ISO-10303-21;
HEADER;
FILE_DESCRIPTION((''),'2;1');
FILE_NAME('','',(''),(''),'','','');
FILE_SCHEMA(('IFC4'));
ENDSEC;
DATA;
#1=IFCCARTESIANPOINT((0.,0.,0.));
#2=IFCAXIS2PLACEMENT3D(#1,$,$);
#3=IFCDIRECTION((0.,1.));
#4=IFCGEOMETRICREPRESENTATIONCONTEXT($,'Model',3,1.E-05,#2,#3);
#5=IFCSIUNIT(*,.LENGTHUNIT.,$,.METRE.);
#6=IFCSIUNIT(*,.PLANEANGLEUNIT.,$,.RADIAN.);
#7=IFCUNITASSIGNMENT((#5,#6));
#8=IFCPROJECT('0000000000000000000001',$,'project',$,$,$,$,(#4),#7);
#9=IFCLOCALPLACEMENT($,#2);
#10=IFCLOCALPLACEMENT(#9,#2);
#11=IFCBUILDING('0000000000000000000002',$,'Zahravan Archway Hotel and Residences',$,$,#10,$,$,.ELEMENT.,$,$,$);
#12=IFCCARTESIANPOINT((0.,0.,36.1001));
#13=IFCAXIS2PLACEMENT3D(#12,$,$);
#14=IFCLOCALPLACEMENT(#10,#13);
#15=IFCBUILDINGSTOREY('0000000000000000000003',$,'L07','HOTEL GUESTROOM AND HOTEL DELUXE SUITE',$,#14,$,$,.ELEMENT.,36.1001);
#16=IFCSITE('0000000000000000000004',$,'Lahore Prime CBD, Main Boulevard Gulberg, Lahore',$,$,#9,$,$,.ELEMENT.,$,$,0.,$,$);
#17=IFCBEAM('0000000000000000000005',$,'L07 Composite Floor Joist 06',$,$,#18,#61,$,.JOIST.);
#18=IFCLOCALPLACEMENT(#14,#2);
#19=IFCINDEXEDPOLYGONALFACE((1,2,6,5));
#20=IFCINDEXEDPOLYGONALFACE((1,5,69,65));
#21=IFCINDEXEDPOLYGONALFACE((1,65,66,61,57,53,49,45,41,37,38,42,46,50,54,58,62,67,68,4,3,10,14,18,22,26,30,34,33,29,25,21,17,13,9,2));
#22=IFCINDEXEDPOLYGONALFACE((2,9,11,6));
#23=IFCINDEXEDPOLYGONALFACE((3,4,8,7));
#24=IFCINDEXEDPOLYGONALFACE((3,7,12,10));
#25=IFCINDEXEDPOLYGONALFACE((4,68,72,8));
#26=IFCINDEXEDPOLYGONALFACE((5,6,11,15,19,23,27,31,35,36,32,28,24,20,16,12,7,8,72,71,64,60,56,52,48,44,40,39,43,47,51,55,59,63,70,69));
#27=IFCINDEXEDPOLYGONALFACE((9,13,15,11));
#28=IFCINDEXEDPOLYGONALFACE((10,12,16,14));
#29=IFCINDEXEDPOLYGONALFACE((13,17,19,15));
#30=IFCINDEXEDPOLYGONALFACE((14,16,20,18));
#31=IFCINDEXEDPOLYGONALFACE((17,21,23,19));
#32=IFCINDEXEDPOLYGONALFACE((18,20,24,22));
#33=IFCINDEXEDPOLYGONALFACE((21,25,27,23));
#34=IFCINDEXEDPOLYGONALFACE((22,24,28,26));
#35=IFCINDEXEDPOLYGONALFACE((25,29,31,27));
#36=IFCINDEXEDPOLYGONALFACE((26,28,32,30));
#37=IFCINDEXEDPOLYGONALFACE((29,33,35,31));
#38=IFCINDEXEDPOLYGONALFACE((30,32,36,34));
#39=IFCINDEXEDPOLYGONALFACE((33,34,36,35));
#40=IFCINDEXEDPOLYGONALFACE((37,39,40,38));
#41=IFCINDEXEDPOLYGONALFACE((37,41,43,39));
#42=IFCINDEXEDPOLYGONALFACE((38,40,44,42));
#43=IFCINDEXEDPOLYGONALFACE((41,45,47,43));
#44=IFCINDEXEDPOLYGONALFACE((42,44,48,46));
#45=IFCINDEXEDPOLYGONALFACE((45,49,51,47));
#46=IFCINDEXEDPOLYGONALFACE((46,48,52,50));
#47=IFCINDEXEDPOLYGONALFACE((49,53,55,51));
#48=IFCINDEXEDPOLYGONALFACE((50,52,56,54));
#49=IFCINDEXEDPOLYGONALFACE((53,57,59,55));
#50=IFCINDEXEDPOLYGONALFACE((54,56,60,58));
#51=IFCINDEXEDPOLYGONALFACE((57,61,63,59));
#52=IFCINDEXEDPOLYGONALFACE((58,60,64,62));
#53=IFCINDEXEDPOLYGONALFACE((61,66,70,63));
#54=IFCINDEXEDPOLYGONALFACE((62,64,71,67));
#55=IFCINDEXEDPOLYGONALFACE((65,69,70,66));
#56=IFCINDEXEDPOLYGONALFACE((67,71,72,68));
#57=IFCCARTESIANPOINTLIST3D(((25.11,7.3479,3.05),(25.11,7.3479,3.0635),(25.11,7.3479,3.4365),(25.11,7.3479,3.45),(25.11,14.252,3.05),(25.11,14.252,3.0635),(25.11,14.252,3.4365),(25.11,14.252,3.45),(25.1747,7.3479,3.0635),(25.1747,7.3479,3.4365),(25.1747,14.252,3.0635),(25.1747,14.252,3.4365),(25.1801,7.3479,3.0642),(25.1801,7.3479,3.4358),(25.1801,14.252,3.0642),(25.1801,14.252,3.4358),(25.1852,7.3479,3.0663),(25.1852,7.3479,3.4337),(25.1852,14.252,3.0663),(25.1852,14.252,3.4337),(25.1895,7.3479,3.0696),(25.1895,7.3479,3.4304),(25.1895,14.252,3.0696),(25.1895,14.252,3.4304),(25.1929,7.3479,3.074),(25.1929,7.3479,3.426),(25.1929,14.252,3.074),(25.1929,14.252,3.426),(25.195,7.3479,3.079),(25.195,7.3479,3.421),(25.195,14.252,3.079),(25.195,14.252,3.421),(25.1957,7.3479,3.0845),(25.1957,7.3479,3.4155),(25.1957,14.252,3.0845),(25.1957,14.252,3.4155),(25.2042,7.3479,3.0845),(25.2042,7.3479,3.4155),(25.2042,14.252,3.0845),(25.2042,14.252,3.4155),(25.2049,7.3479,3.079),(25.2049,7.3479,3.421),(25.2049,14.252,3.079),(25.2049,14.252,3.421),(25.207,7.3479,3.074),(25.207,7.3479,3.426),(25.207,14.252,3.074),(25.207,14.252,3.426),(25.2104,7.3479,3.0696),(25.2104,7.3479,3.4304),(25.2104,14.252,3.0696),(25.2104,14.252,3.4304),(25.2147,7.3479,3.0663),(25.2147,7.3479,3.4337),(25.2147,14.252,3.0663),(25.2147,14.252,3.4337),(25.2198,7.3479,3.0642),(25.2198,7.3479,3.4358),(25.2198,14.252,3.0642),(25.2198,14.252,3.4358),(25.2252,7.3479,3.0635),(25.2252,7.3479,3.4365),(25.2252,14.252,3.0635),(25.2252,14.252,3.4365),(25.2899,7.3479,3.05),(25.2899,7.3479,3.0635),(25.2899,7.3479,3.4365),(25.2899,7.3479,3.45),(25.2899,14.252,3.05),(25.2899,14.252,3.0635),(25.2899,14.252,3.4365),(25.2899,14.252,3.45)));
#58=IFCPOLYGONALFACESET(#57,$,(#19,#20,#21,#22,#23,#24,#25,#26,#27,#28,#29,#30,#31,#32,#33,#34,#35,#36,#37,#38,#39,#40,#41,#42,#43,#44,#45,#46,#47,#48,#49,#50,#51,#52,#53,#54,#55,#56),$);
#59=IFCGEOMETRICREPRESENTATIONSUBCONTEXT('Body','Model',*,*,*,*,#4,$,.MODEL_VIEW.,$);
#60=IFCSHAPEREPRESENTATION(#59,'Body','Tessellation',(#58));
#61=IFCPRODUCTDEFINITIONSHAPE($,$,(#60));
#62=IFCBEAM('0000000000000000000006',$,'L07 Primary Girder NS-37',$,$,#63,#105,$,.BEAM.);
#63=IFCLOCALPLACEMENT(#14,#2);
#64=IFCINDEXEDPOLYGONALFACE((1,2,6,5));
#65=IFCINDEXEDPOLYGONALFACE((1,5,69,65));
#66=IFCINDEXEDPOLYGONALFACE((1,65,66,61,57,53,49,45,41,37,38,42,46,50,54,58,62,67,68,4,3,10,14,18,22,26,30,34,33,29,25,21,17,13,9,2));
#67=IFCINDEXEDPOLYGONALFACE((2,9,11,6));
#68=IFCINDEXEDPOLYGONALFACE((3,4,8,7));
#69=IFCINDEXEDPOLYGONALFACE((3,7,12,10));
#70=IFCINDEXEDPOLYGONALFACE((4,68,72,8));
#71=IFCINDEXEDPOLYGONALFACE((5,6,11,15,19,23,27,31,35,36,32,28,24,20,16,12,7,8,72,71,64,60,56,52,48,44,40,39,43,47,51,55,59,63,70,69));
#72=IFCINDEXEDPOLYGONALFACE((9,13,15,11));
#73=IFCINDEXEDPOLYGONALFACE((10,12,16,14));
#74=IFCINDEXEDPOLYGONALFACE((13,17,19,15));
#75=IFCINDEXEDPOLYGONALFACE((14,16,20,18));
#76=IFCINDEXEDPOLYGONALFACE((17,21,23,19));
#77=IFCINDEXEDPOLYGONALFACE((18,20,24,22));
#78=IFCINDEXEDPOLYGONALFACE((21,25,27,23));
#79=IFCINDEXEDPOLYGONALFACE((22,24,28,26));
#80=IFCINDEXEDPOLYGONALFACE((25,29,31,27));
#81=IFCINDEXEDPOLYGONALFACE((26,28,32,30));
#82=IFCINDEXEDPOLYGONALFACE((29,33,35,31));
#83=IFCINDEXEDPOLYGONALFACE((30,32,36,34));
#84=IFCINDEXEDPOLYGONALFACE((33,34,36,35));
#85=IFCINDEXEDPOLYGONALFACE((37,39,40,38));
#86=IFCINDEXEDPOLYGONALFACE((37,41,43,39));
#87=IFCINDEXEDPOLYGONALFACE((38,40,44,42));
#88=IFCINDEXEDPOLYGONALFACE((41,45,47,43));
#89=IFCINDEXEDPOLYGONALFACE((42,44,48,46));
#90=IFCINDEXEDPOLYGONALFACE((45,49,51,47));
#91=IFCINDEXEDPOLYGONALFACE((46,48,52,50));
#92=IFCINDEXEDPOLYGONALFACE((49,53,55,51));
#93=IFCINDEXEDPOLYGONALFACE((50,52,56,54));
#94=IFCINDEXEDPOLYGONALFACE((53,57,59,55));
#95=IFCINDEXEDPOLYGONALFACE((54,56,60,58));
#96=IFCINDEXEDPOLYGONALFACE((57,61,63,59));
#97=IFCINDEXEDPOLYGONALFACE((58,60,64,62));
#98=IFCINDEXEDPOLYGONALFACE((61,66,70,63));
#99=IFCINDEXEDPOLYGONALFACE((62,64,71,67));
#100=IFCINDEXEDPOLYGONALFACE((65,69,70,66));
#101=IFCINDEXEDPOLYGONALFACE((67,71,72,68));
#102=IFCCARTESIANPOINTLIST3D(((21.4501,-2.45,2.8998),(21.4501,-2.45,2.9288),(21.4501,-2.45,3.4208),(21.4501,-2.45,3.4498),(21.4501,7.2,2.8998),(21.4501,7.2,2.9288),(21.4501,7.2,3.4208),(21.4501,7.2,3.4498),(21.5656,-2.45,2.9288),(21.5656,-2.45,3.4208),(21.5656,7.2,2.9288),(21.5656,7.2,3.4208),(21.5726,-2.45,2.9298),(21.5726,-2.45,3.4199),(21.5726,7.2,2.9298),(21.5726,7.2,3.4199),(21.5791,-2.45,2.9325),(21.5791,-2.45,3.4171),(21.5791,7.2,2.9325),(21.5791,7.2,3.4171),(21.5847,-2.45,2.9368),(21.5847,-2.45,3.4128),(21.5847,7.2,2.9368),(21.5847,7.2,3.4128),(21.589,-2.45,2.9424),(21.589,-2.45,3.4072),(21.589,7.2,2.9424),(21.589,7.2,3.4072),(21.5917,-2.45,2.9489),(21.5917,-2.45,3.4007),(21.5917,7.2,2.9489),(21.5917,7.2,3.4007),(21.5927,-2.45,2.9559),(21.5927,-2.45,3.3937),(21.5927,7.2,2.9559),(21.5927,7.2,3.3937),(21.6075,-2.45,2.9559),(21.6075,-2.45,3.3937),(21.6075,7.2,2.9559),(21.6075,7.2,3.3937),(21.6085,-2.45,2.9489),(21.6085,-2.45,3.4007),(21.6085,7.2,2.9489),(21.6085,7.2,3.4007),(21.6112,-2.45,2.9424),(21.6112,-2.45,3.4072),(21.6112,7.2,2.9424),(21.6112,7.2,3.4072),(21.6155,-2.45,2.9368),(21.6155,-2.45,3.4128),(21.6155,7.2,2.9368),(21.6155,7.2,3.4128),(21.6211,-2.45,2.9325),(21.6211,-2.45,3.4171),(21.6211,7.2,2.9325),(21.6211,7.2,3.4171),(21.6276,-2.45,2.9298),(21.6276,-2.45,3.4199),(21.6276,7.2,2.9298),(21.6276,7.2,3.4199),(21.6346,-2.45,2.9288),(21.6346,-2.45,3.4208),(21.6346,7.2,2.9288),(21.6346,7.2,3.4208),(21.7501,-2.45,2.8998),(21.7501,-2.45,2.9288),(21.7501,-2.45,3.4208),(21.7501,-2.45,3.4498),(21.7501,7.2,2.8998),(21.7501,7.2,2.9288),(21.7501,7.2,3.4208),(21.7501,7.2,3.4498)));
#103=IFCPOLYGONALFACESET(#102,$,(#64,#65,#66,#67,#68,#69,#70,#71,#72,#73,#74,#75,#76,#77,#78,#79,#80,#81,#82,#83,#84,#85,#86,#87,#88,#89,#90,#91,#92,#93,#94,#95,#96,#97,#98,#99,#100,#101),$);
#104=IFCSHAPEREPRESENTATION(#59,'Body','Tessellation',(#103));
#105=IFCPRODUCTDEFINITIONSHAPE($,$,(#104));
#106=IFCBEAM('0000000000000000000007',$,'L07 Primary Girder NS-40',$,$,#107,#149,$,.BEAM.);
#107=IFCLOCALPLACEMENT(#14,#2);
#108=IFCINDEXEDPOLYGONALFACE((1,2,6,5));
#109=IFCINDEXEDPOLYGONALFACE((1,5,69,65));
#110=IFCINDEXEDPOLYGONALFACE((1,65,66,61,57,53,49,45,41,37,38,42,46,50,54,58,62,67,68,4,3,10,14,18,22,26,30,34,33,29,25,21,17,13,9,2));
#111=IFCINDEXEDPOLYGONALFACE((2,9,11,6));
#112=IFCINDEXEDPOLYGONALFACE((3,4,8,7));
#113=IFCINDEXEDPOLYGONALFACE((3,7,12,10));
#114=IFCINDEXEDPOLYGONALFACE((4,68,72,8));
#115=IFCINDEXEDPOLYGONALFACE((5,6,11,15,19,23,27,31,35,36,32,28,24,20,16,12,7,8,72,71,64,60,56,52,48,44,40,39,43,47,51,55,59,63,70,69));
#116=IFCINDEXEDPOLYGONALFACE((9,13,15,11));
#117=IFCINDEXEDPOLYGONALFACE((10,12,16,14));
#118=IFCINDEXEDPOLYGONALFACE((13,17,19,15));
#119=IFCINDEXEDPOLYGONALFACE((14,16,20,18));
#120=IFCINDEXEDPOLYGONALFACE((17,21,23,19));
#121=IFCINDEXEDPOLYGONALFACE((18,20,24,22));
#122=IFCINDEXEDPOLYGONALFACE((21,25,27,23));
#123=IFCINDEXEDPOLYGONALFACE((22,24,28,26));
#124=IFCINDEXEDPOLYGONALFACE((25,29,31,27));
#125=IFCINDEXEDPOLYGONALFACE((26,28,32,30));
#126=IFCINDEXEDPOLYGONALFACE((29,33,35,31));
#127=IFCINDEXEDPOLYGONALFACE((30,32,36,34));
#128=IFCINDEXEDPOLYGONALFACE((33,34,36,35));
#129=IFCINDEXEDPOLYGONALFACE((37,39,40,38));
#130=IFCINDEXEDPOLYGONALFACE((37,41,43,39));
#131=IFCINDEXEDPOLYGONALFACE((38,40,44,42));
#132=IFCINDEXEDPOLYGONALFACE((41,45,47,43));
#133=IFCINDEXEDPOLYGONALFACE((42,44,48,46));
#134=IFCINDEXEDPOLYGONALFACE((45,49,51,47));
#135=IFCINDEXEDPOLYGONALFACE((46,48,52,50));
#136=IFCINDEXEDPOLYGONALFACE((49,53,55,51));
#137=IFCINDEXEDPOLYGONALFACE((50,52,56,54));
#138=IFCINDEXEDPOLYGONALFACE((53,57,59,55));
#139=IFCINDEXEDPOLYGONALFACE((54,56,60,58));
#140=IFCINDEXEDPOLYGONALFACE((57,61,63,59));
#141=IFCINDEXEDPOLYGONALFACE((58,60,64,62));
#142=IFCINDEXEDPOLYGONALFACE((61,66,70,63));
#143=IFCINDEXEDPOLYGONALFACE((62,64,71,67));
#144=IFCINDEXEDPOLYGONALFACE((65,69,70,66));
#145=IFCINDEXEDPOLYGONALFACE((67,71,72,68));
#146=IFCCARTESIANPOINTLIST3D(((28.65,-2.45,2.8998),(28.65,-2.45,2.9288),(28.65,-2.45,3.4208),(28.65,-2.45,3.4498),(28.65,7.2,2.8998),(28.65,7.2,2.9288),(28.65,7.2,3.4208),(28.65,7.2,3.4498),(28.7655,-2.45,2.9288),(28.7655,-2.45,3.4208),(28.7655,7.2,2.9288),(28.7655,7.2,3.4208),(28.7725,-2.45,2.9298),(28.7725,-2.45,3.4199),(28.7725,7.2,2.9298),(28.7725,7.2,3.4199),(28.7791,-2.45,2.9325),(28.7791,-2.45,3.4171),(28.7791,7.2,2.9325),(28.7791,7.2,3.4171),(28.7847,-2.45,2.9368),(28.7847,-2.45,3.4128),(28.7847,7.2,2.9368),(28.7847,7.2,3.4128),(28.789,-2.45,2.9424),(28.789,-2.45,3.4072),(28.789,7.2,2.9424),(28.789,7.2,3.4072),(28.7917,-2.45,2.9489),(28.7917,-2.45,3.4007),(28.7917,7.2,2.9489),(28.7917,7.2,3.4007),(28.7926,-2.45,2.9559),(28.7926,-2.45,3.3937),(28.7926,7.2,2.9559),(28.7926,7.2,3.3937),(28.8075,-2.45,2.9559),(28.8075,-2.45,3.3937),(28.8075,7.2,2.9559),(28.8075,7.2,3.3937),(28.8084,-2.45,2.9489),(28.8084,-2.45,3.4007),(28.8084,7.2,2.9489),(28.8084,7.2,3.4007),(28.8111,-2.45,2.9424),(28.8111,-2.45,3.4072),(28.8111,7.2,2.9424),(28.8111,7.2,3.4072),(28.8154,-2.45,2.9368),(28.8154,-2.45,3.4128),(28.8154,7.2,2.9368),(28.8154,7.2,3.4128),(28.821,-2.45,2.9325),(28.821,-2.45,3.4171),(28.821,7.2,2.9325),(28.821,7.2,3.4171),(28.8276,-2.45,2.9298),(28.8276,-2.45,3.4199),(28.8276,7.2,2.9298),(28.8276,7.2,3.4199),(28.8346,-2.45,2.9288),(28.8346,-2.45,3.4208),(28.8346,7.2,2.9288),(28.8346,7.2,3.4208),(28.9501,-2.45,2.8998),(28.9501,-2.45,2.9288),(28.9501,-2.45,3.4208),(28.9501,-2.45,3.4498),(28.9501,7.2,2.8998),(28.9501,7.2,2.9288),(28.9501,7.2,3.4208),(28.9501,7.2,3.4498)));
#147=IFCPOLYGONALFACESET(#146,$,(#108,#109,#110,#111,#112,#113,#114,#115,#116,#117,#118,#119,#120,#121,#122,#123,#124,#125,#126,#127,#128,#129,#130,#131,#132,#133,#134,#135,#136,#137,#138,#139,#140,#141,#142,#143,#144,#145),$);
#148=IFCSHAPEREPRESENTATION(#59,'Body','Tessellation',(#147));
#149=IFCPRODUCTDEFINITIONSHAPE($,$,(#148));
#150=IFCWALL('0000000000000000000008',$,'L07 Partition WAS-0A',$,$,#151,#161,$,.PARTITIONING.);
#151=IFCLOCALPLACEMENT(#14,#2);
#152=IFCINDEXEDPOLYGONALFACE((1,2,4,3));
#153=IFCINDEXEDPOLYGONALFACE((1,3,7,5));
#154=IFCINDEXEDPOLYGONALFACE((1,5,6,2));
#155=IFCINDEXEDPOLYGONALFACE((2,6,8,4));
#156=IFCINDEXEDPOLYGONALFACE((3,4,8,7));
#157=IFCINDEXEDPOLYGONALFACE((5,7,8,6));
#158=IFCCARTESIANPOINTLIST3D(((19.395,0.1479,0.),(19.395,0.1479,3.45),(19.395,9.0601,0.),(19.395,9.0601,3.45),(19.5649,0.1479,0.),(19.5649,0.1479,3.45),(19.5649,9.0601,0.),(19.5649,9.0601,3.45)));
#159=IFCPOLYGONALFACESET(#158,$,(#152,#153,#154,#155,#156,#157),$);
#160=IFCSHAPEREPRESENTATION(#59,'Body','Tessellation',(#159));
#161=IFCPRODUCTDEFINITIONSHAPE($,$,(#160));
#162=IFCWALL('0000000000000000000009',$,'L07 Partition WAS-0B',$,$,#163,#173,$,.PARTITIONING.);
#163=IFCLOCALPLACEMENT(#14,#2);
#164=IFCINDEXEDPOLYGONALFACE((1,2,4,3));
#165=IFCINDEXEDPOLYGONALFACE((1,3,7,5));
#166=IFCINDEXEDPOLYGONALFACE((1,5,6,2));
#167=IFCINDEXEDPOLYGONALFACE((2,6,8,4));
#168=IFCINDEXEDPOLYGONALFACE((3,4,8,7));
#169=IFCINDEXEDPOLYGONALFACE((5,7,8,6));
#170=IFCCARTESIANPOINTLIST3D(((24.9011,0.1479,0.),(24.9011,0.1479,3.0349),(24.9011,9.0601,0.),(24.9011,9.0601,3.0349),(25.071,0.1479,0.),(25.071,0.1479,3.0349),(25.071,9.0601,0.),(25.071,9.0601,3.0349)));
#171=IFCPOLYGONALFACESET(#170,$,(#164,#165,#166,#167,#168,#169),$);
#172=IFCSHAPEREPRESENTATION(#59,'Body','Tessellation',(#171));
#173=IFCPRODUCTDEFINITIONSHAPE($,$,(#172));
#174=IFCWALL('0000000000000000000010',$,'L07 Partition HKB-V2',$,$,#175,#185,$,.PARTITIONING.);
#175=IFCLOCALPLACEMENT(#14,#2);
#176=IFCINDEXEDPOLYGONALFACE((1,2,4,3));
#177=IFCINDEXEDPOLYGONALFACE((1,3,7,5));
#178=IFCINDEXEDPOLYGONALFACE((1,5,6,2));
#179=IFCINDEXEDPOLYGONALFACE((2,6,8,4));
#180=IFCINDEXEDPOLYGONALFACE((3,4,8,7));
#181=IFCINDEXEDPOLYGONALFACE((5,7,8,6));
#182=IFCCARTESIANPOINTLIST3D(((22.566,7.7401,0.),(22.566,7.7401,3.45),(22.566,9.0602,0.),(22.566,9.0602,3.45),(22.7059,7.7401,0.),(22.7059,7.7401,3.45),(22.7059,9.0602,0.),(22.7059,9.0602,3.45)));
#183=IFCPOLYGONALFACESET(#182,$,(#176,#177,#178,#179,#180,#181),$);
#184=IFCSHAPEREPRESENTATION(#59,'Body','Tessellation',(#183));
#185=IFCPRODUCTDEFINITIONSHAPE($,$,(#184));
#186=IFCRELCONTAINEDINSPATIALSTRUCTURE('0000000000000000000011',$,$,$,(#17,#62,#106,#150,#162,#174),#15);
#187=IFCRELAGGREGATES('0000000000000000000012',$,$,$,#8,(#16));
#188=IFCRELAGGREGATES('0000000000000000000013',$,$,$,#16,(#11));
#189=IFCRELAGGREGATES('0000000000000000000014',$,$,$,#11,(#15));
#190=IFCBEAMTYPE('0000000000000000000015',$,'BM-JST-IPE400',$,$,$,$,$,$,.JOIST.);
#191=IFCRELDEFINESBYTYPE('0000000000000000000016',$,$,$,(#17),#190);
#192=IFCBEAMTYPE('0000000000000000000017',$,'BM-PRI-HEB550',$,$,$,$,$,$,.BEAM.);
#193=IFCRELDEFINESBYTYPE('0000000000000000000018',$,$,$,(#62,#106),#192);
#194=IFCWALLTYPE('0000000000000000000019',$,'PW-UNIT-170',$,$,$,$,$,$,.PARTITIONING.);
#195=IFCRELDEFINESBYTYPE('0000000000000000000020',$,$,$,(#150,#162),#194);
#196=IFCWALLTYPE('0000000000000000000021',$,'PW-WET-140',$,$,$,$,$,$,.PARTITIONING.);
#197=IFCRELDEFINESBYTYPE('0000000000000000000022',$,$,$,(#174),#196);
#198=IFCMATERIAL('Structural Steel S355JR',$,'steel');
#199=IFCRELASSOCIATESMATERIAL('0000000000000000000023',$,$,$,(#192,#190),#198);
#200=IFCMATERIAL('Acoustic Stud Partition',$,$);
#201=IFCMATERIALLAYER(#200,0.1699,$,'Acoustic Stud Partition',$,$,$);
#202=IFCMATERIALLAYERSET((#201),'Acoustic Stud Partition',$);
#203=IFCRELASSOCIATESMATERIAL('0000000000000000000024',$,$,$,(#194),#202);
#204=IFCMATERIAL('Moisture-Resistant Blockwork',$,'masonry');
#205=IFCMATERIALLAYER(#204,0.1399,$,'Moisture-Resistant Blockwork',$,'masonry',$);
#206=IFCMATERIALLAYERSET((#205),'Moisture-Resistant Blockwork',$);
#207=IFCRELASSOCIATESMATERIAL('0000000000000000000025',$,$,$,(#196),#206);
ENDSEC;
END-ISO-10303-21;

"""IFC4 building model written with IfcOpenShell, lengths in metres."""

from ifc_helpers import new_model, si_unit, direction, frame, frame_2d, origin, origin_2d, place, context, subcontext, project, spatial, rectangle, i_section, extrude, source, transform, mapped, material, layer, layer_set, material_profile, profile_set, type_object, type_shapes, element, save


model = new_model("IFC4")

# Units and contexts
model_context = context("Model", 3, precision=1e-05, world=origin(), true_north=direction((0.0, 1.0)))
body_context = subcontext(model_context, "Body", "Model", "MODEL_VIEW")
ifc_project = project(units=[si_unit("LENGTHUNIT", "METRE"), si_unit("PLANEANGLEUNIT", "RADIAN")], contexts=[model_context])

# Site, building, storey
site_placement = place(None, origin())
site = spatial("IfcSite", under=ifc_project, at=site_placement, Name="Lahore Prime CBD, Main Boulevard Gulberg, Lahore", CompositionType="ELEMENT", RefElevation=0.0)
building_placement = place(site_placement, origin())
building = spatial("IfcBuilding", under=site, at=building_placement, Name="Zahravan Archway Hotel and Residences", CompositionType="ELEMENT")
storey_placement = place(building_placement, frame((0.0, 0.0, 36.1001)))
storey = spatial("IfcBuildingStorey", under=building, at=storey_placement, Name="L07", Description="HOTEL GUESTROOM AND HOTEL DELUXE SUITE", CompositionType="ELEMENT", Elevation=36.1001)

# Beams
ifc_material_1 = material(Name="Structural Steel S355JR", Category="steel")
ifc_material_profile_1 = material_profile(ifc_material_1, i_section(OverallWidth=0.3, OverallDepth=0.55, WebThickness=0.0149, FlangeThickness=0.0291, FilletRadius=0.0271, at=origin_2d()), Name="HEB 550", Category="steel")
ifc_profile_set_1 = profile_set([ifc_material_profile_1], Name="Structural Steel S355JR")
beam_type_1 = type_object("IfcBeamType", Name="BM-PRI-HEB550", PredefinedType="BEAM", material=ifc_profile_set_1)
ifc_material_profile_2 = material_profile(ifc_material_1, i_section(OverallWidth=0.1799, OverallDepth=0.3999, WebThickness=0.0085, FlangeThickness=0.0134, FilletRadius=0.021, at=origin_2d()), Name="IPE 400", Category="steel")
ifc_profile_set_2 = profile_set([ifc_material_profile_2], Name="Structural Steel S355JR")
beam_type_2 = type_object("IfcBeamType", Name="BM-JST-IPE400", PredefinedType="JOIST", material=ifc_profile_set_2)
shared_shape_1 = source(origin(), body_context, "Body", "SweptSolid", [
    extrude(i_section(OverallWidth=0.1799, OverallDepth=0.3999, WebThickness=0.0085, FlangeThickness=0.0134, FilletRadius=0.021, at=origin_2d()), origin(), (0.0, 0.0, 1.0), 6.9041),
])
type_shapes(beam_type_2, [shared_shape_1])
for number, where, z_axis, x_axis, name in (
    (1, (25.2, 7.3479, 3.25), (0.0, 1.0, 0.0), (-1.0, 0.0, 0.0), "L07 Composite Floor Joist 06"),
):
    element("IfcBeam", number, at=place(storey_placement, frame(where, z_axis=z_axis, x_axis=x_axis)), inside=storey, type_object=beam_type_2, Name=name, PredefinedType="JOIST", context=body_context, shape_type="MappedRepresentation", body=[
        mapped(shared_shape_1, transform((0.0, 0.0, 0.0), scale=1.0)),
    ])
shared_shape_2 = source(origin(), body_context, "Body", "SweptSolid", [
    extrude(i_section(OverallWidth=0.3, OverallDepth=0.55, WebThickness=0.0149, FlangeThickness=0.0291, FilletRadius=0.0271, at=origin_2d()), origin(), (0.0, 0.0, 1.0), 9.6499),
])
for number, where, z_axis, x_axis, name in (
    (2, (21.6001, -2.45, 3.1748), (0.0, 1.0, 0.0), (-1.0, 0.0, 0.0), "L07 Primary Girder NS-37"),
    (3, (28.8, -2.45, 3.1748), (0.0, 1.0, 0.0), (-1.0, 0.0, 0.0), "L07 Primary Girder NS-40"),
):
    element("IfcBeam", number, at=place(storey_placement, frame(where, z_axis=z_axis, x_axis=x_axis)), inside=storey, type_object=beam_type_1, Name=name, PredefinedType="BEAM", context=body_context, shape_type="MappedRepresentation", body=[
        mapped(shared_shape_2, transform((0.0, 0.0, 0.0), scale=1.0)),
    ])

# Walls
ifc_material_2 = material(Name="Acoustic Stud Partition")
ifc_layer_1 = layer(ifc_material_2, 0.1699, Name="Acoustic Stud Partition")
ifc_layer_set_1 = layer_set([ifc_layer_1], Name="Acoustic Stud Partition")
wall_type_1 = type_object("IfcWallType", Name="PW-UNIT-170", PredefinedType="PARTITIONING", material=ifc_layer_set_1)
wall_1_placement = place(storey_placement, frame((19.48, 0.1479, 0.0), z_axis=(0.0, 0.0, 1.0), x_axis=(0.0, 1.0, 0.0)))
element("IfcWall", 4, at=wall_1_placement, inside=storey, type_object=wall_type_1, Name="L07 Partition WAS-0A", PredefinedType="PARTITIONING", context=body_context, shape_type="SweptSolid", body=[
    extrude(rectangle(XDim=8.9121, YDim=0.1699, at=frame_2d((4.4561, 0.0))), origin(), (0.0, 0.0, 1.0), 3.45),
])
wall_2_placement = place(storey_placement, frame((24.9861, 0.1479, 0.0), z_axis=(0.0, 0.0, 1.0), x_axis=(0.0, 1.0, 0.0)))
element("IfcWall", 5, at=wall_2_placement, inside=storey, type_object=wall_type_1, Name="L07 Partition WAS-0B", PredefinedType="PARTITIONING", context=body_context, shape_type="SweptSolid", body=[
    extrude(rectangle(XDim=8.9121, YDim=0.1699, at=frame_2d((4.4561, 0.0))), origin(), (0.0, 0.0, 1.0), 3.0349),
])
ifc_material_3 = material(Name="Moisture-Resistant Blockwork", Category="masonry")
ifc_layer_2 = layer(ifc_material_3, 0.1399, Name="Moisture-Resistant Blockwork", Category="masonry")
ifc_layer_set_2 = layer_set([ifc_layer_2], Name="Moisture-Resistant Blockwork")
wall_type_2 = type_object("IfcWallType", Name="PW-WET-140", PredefinedType="PARTITIONING", material=ifc_layer_set_2)
wall_3_placement = place(storey_placement, frame((22.636, 7.74, 0.0), z_axis=(0.0, 0.0, 1.0), x_axis=(0.0, 1.0, 0.0)))
element("IfcWall", 6, at=wall_3_placement, inside=storey, type_object=wall_type_2, Name="L07 Partition HKB-V2", PredefinedType="PARTITIONING", context=body_context, shape_type="SweptSolid", body=[
    extrude(rectangle(XDim=1.3201, YDim=0.1399, at=frame_2d((0.6602, 0.0))), origin(), (0.0, 0.0, 1.0), 3.45),
])

save(model, "model.ifc")
